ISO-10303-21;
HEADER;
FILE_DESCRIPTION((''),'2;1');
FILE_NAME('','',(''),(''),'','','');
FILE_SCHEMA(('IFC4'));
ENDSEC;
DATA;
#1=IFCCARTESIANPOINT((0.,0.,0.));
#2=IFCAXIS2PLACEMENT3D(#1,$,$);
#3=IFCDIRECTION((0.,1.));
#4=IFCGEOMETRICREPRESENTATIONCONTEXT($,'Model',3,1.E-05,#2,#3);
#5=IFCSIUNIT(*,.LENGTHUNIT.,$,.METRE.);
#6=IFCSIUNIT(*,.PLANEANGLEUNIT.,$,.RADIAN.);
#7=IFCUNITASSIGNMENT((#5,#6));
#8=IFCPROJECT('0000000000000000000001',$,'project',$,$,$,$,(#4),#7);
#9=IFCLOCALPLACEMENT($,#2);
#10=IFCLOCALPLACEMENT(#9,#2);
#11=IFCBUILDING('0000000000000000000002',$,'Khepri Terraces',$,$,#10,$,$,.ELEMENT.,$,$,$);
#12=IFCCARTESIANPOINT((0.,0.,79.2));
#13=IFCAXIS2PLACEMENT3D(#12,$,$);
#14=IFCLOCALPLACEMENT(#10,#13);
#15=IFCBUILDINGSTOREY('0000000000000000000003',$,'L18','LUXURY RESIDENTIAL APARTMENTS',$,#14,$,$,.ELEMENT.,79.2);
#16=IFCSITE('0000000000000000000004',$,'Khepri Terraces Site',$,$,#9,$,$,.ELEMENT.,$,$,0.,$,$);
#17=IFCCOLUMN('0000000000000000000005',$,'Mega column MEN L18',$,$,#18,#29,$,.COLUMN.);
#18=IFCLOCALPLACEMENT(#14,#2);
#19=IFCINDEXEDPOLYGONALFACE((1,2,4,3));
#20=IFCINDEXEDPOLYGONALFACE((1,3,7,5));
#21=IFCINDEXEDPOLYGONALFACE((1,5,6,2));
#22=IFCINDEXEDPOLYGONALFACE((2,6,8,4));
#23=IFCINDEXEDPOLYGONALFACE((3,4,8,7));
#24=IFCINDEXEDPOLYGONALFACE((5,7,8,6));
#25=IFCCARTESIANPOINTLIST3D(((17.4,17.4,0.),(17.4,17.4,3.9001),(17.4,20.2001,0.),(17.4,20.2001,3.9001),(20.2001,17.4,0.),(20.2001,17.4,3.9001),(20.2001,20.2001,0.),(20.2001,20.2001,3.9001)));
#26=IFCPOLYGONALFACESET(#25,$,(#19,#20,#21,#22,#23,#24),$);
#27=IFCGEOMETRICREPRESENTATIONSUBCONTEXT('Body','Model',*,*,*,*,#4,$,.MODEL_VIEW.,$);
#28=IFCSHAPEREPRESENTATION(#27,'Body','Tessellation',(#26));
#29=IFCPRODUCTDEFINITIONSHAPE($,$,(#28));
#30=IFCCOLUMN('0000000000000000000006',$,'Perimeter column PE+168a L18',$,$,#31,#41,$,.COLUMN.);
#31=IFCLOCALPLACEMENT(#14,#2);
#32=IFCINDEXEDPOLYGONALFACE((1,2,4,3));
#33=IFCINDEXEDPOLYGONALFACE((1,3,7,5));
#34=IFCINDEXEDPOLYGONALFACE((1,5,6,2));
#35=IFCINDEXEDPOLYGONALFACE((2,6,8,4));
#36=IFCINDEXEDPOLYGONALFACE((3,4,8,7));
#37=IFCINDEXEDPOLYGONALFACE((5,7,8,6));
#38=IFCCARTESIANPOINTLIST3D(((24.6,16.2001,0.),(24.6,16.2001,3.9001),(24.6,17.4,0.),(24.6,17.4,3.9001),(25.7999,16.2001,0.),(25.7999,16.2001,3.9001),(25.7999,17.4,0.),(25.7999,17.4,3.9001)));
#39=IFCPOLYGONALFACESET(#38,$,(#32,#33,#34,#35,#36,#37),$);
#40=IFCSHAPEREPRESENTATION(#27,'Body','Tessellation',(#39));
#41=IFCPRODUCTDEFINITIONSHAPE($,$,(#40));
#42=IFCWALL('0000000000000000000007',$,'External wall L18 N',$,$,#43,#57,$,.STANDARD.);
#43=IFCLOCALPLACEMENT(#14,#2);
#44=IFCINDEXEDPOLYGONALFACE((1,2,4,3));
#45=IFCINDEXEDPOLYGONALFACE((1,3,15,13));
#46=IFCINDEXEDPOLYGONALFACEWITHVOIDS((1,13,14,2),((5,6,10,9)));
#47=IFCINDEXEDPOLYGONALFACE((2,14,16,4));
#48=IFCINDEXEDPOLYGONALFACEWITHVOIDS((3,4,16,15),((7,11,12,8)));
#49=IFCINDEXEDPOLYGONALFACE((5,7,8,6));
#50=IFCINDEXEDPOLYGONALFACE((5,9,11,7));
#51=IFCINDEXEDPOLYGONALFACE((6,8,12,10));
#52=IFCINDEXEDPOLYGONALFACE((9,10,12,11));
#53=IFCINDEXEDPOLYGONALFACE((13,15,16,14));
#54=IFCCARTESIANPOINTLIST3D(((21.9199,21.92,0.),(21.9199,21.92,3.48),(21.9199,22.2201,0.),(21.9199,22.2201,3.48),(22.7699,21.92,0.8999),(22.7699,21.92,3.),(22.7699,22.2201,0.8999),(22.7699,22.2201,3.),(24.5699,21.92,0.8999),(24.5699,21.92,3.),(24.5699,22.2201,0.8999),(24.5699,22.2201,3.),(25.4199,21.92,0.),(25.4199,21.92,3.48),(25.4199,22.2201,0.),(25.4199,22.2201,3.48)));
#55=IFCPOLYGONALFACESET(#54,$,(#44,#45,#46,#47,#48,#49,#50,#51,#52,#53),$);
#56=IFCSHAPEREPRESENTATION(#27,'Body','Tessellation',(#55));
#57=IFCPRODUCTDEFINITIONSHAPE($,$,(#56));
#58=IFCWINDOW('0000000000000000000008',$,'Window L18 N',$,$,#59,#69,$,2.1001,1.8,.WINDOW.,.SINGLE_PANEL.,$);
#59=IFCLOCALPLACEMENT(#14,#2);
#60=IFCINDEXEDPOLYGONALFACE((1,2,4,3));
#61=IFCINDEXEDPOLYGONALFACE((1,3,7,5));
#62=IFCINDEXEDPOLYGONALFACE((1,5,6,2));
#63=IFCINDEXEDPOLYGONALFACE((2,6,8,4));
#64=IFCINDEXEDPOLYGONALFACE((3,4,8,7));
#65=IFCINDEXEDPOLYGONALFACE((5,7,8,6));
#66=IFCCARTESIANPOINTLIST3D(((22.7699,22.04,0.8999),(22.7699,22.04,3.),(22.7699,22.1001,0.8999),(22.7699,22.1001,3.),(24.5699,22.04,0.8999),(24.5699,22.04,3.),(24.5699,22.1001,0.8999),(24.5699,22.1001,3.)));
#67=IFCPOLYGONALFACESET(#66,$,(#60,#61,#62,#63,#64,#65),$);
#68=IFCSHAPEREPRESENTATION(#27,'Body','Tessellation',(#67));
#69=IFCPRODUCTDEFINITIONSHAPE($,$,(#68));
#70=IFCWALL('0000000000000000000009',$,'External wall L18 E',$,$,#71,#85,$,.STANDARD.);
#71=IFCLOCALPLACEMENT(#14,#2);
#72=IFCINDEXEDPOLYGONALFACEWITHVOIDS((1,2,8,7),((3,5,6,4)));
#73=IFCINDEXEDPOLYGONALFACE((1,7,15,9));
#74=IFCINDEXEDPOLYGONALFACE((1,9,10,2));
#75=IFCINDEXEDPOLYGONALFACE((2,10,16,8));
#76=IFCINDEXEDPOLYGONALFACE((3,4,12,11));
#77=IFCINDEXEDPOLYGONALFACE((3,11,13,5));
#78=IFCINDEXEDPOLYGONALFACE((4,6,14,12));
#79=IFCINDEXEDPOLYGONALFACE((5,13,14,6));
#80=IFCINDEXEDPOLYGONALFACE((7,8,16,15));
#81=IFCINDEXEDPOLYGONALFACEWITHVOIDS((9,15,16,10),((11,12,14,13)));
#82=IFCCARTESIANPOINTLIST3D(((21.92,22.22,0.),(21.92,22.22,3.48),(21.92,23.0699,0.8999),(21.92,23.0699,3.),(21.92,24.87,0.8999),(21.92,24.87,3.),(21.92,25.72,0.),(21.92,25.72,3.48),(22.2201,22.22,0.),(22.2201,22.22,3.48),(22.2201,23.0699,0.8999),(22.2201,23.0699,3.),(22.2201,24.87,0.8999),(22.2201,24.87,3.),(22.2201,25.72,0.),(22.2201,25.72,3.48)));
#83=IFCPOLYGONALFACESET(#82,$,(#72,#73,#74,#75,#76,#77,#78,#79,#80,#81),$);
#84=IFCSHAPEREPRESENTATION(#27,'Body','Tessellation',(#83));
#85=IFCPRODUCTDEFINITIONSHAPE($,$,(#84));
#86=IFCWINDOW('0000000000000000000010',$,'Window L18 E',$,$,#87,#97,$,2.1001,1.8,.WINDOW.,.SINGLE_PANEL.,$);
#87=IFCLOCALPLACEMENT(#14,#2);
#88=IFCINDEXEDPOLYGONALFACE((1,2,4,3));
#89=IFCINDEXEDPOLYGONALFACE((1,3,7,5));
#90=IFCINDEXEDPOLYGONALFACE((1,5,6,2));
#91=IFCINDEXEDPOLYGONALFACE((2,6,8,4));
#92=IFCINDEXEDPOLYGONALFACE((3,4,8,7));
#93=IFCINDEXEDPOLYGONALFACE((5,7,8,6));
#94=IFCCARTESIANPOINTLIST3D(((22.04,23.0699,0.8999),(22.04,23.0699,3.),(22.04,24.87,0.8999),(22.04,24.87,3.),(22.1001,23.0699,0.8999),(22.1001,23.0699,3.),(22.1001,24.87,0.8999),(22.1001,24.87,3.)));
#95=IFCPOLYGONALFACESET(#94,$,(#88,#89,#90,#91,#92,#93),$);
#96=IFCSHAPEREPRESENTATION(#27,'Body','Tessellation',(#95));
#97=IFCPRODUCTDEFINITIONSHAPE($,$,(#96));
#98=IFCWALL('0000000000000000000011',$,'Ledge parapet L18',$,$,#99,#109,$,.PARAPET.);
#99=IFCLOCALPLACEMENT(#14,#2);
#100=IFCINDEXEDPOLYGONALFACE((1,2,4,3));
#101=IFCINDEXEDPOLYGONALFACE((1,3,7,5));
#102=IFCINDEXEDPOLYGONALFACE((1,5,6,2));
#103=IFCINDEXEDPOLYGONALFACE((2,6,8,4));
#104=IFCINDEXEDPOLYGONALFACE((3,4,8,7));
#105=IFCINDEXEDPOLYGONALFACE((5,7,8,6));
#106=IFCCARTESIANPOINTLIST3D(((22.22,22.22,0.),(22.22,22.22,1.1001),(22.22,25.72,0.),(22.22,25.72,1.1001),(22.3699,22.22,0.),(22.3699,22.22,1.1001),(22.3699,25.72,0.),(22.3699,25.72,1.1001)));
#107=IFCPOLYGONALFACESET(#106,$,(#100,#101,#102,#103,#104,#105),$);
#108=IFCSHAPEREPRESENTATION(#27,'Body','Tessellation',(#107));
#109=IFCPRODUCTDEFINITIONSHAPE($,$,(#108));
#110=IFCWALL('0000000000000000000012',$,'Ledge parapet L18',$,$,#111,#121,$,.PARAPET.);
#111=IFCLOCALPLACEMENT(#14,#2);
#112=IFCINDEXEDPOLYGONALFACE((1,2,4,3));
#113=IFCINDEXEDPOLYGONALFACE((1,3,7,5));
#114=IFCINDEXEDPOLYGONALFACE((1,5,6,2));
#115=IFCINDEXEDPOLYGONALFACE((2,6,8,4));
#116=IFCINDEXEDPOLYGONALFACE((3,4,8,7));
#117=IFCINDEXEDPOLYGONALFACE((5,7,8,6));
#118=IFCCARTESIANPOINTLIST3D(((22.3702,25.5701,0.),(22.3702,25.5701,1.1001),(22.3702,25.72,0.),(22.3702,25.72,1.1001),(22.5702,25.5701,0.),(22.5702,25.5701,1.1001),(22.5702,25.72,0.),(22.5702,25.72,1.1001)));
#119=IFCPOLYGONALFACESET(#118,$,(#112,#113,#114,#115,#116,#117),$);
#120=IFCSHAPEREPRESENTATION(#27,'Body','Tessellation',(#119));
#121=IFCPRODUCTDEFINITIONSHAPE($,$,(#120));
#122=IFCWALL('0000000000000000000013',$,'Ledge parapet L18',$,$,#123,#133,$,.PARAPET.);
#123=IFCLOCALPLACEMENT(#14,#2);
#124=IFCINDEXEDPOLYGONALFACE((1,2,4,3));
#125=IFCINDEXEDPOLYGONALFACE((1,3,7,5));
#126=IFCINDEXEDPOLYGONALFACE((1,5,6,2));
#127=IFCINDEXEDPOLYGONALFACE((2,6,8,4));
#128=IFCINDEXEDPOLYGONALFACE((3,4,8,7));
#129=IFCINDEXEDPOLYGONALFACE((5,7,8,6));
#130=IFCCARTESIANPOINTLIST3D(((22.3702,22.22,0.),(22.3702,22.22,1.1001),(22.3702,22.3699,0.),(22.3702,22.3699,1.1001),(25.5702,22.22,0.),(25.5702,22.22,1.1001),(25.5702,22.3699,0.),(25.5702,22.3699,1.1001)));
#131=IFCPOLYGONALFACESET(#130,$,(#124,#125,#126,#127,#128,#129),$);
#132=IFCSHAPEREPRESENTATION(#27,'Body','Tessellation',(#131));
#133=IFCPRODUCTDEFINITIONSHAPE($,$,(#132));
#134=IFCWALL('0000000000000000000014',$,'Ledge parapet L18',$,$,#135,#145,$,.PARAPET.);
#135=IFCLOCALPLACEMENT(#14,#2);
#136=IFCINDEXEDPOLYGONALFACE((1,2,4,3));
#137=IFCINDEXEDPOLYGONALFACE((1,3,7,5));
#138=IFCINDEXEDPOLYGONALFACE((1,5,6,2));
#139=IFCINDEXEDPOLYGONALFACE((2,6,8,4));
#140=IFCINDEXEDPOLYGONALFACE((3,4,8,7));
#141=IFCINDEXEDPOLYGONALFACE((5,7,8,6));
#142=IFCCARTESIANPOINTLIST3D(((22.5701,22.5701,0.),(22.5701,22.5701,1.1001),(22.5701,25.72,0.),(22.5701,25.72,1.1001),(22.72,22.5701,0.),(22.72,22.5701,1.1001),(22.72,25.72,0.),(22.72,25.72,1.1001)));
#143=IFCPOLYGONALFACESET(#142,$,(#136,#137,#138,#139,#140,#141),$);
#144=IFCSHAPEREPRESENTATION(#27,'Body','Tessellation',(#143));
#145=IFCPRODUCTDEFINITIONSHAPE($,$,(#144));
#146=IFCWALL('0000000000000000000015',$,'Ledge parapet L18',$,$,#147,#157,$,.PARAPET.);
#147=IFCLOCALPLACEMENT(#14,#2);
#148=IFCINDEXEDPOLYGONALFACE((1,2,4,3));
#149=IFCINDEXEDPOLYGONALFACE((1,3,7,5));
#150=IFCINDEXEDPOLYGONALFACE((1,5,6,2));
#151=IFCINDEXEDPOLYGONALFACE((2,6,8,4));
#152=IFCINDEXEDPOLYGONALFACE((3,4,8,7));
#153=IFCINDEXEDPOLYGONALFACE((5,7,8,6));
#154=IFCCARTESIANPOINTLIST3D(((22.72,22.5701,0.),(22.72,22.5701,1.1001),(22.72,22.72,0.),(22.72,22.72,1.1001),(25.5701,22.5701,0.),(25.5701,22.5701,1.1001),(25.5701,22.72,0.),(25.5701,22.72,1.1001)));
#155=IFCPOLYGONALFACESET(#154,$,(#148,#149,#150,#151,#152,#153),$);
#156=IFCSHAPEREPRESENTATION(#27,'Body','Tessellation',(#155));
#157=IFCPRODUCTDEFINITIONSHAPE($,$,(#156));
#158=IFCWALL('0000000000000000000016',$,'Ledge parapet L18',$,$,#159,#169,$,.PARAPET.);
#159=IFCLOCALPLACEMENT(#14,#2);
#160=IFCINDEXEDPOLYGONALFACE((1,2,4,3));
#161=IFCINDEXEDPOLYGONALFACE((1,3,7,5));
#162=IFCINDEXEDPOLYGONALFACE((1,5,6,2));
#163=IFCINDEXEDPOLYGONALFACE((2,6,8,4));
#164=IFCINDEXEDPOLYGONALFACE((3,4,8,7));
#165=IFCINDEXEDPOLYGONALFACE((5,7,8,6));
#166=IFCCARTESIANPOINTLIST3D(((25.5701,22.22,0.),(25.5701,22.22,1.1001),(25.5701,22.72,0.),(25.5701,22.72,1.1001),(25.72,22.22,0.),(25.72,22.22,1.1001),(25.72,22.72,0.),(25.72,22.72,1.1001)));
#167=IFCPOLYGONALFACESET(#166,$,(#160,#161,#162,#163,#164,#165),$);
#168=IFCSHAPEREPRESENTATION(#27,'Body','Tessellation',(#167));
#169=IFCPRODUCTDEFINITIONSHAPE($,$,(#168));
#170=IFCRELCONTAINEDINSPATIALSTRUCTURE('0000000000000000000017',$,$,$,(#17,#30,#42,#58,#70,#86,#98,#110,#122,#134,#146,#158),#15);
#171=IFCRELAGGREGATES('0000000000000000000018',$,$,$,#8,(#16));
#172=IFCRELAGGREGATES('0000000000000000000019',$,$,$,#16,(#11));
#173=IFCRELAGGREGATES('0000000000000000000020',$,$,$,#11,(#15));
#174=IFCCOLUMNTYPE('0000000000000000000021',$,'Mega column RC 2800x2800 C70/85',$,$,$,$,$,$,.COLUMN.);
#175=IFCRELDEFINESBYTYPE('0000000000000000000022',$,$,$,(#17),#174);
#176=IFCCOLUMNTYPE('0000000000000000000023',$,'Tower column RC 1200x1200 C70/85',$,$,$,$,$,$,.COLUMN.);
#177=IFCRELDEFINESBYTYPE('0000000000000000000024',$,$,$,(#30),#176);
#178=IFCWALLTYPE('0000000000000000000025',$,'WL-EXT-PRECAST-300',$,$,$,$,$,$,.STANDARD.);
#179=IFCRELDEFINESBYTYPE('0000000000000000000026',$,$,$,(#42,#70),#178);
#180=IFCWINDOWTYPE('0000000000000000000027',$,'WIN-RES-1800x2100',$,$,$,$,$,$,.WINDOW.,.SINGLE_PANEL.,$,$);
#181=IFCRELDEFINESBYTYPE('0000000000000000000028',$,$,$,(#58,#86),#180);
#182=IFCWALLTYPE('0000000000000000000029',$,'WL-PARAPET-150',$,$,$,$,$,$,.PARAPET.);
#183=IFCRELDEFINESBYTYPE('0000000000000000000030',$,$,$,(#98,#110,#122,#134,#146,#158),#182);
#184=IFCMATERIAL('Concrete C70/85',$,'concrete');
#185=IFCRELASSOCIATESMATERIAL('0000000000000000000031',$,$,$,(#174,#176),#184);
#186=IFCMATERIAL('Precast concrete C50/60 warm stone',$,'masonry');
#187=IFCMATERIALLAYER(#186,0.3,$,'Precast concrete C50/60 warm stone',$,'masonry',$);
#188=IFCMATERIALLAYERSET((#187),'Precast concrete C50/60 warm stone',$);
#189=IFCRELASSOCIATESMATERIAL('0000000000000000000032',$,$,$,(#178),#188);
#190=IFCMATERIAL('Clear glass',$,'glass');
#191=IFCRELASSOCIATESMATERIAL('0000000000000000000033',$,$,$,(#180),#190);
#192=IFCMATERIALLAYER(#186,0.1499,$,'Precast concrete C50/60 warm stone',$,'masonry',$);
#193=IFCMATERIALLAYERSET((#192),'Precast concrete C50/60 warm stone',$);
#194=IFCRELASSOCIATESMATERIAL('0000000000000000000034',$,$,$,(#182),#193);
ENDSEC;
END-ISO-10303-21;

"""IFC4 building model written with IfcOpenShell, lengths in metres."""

from ifc_helpers import new_model, si_unit, direction, frame, frame_2d, origin, origin_2d, place, context, subcontext, project, spatial, rectangle, extrude, material, layer, layer_set, material_profile, profile_set, type_object, element, fill, save


model = new_model("IFC4")

# Units and contexts
model_context = context("Model", 3, precision=1e-05, world=origin(), true_north=direction((0.0, 1.0)))
body_context = subcontext(model_context, "Body", "Model", "MODEL_VIEW")
ifc_project = project(units=[si_unit("LENGTHUNIT", "METRE"), si_unit("PLANEANGLEUNIT", "RADIAN")], contexts=[model_context])

# Site, building, storey
site_placement = place(None, origin())
site = spatial("IfcSite", under=ifc_project, at=site_placement, Name="Khepri Terraces Site", CompositionType="ELEMENT", RefElevation=0.0)
building_placement = place(site_placement, origin())
building = spatial("IfcBuilding", under=site, at=building_placement, Name="Khepri Terraces", CompositionType="ELEMENT")
storey_placement = place(building_placement, frame((0.0, 0.0, 79.2)))
storey = spatial("IfcBuildingStorey", under=building, at=storey_placement, Name="L18", Description="LUXURY RESIDENTIAL APARTMENTS", CompositionType="ELEMENT", Elevation=79.2)

# Columns
ifc_material_1 = material(Name="Concrete C70/85", Category="concrete")
ifc_material_profile_1 = material_profile(ifc_material_1, rectangle(XDim=2.8, YDim=2.8, at=origin_2d()), Name="Concrete C70/85", Category="concrete")
ifc_profile_set_1 = profile_set([ifc_material_profile_1], Name="Concrete C70/85")
column_type_1 = type_object("IfcColumnType", Name="Mega column RC 2800x2800 C70/85", PredefinedType="COLUMN", material=ifc_profile_set_1)
column_1_placement = place(storey_placement, frame((18.8, 18.8, 0.0), z_axis=(0.0, 0.0, 1.0), x_axis=(1.0, 0.0, 0.0)))
element("IfcColumn", 1, at=column_1_placement, inside=storey, type_object=column_type_1, Name="Mega column MEN L18", PredefinedType="COLUMN", context=body_context, shape_type="SweptSolid", body=[
    extrude(rectangle(XDim=2.8, YDim=2.8, at=origin_2d()), origin(), (0.0, 0.0, 1.0), 3.9001),
])
ifc_material_profile_2 = material_profile(ifc_material_1, rectangle(XDim=1.2, YDim=1.2, at=origin_2d()), Name="Concrete C70/85", Category="concrete")
ifc_profile_set_2 = profile_set([ifc_material_profile_2], Name="Concrete C70/85")
column_type_2 = type_object("IfcColumnType", Name="Tower column RC 1200x1200 C70/85", PredefinedType="COLUMN", material=ifc_profile_set_2)
column_2_placement = place(storey_placement, frame((25.2, 16.8, 0.0), z_axis=(0.0, 0.0, 1.0), x_axis=(1.0, 0.0, 0.0)))
element("IfcColumn", 2, at=column_2_placement, inside=storey, type_object=column_type_2, Name="Perimeter column PE+168a L18", PredefinedType="COLUMN", context=body_context, shape_type="SweptSolid", body=[
    extrude(rectangle(XDim=1.2, YDim=1.2, at=origin_2d()), origin(), (0.0, 0.0, 1.0), 3.9001),
])

# Shared definitions
ifc_material_2 = material(Name="Precast concrete C50/60 warm stone", Category="masonry")
ifc_layer_1 = layer(ifc_material_2, 0.3, Name="Precast concrete C50/60 warm stone", Category="masonry")
ifc_layer_set_1 = layer_set([ifc_layer_1], Name="Precast concrete C50/60 warm stone")
wall_type_1 = type_object("IfcWallType", Name="WL-EXT-PRECAST-300", PredefinedType="STANDARD", material=ifc_layer_set_1)
ifc_material_3 = material(Name="Clear glass", Category="glass")
window_type = type_object("IfcWindowType", Name="WIN-RES-1800x2100", PartitioningType="SINGLE_PANEL", PredefinedType="WINDOW", material=ifc_material_3)

# Walls, openings, windows
wall_1_placement = place(storey_placement, frame((25.4199, 22.0701, 0.0), z_axis=(0.0, 0.0, 1.0), x_axis=(-1.0, 0.0, 0.0)))
wall_1 = element("IfcWall", 3, at=wall_1_placement, inside=storey, type_object=wall_type_1, Name="External wall L18 N", PredefinedType="STANDARD", context=body_context, shape_type="SweptSolid", body=[
    extrude(rectangle(XDim=3.5, YDim=0.3, at=frame_2d((1.75, 0.0))), origin(), (0.0, 0.0, 1.0), 3.48),
])
opening_1_placement = place(wall_1_placement, frame((0.8501, 0.0, 0.8999)))
opening_1 = element("IfcOpeningElement", 4, at=opening_1_placement, cuts=wall_1, PredefinedType="OPENING", context=body_context, shape_type="SweptSolid", body=[
    extrude(rectangle(XDim=1.8, YDim=2.1001, at=frame_2d((0.8999, 1.05))), frame((0.0, 0.1602, 0.0), z_axis=(0.0, -1.0, 0.0), x_axis=(1.0, 0.0, 0.0)), (0.0, 0.0, 1.0), 0.3201),
])
window_1_placement = place(opening_1_placement, origin())
window_1 = element("IfcWindow", 5, at=window_1_placement, inside=storey, type_object=window_type, Name="Window L18 N", OverallHeight=2.1001, OverallWidth=1.8, PartitioningType="SINGLE_PANEL", PredefinedType="WINDOW", context=body_context, shape_type="SweptSolid", body=[
    extrude(rectangle(XDim=1.8, YDim=2.1001, at=frame_2d((0.8999, 1.05))), frame((0.0, 0.03, 0.0), z_axis=(0.0, -1.0, 0.0), x_axis=(1.0, 0.0, 0.0)), (0.0, 0.0, 1.0), 0.0601),
])
fill(opening_1, window_1)
wall_2_placement = place(storey_placement, frame((22.0701, 22.22, 0.0), z_axis=(0.0, 0.0, 1.0), x_axis=(0.0, 1.0, 0.0)))
wall_2 = element("IfcWall", 6, at=wall_2_placement, inside=storey, type_object=wall_type_1, Name="External wall L18 E", PredefinedType="STANDARD", context=body_context, shape_type="SweptSolid", body=[
    extrude(rectangle(XDim=3.5, YDim=0.3, at=frame_2d((1.75, 0.0))), origin(), (0.0, 0.0, 1.0), 3.48),
])
opening_2_placement = place(wall_2_placement, frame((0.8501, 0.0, 0.8999)))
opening_2 = element("IfcOpeningElement", 7, at=opening_2_placement, cuts=wall_2, PredefinedType="OPENING", context=body_context, shape_type="SweptSolid", body=[
    extrude(rectangle(XDim=1.8, YDim=2.1001, at=frame_2d((0.8999, 1.05))), frame((0.0, 0.1602, 0.0), z_axis=(0.0, -1.0, 0.0), x_axis=(1.0, 0.0, 0.0)), (0.0, 0.0, 1.0), 0.3201),
])
window_2_placement = place(opening_2_placement, origin())
window_2 = element("IfcWindow", 8, at=window_2_placement, inside=storey, type_object=window_type, Name="Window L18 E", OverallHeight=2.1001, OverallWidth=1.8, PartitioningType="SINGLE_PANEL", PredefinedType="WINDOW", context=body_context, shape_type="SweptSolid", body=[
    extrude(rectangle(XDim=1.8, YDim=2.1001, at=frame_2d((0.8999, 1.05))), frame((0.0, 0.03, 0.0), z_axis=(0.0, -1.0, 0.0), x_axis=(1.0, 0.0, 0.0)), (0.0, 0.0, 1.0), 0.0601),
])
fill(opening_2, window_2)

# Walls
ifc_layer_2 = layer(ifc_material_2, 0.1499, Name="Precast concrete C50/60 warm stone", Category="masonry")
ifc_layer_set_2 = layer_set([ifc_layer_2], Name="Precast concrete C50/60 warm stone")
wall_type_2 = type_object("IfcWallType", Name="WL-PARAPET-150", PredefinedType="PARAPET", material=ifc_layer_set_2)
wall_3_placement = place(storey_placement, frame((22.2949, 22.22, 0.0), z_axis=(0.0, 0.0, 1.0), x_axis=(0.0, 1.0, 0.0)))
element("IfcWall", 9, at=wall_3_placement, inside=storey, type_object=wall_type_2, Name="Ledge parapet L18", PredefinedType="PARAPET", context=body_context, shape_type="SweptSolid", body=[
    extrude(rectangle(XDim=3.5, YDim=0.1499, at=frame_2d((1.75, 0.0))), origin(), (0.0, 0.0, 1.0), 1.1001),
])
wall_4_placement = place(storey_placement, frame((22.3701, 25.645, 0.0), z_axis=(0.0, 0.0, 1.0), x_axis=(1.0, 0.0, 0.0)))
element("IfcWall", 10, at=wall_4_placement, inside=storey, type_object=wall_type_2, Name="Ledge parapet L18", PredefinedType="PARAPET", context=body_context, shape_type="SweptSolid", body=[
    extrude(rectangle(XDim=0.2, YDim=0.1499, at=frame_2d((0.1001, 0.0))), origin(), (0.0, 0.0, 1.0), 1.1001),
])
wall_5_placement = place(storey_placement, frame((22.3701, 22.2949, 0.0), z_axis=(0.0, 0.0, 1.0), x_axis=(1.0, 0.0, 0.0)))
element("IfcWall", 11, at=wall_5_placement, inside=storey, type_object=wall_type_2, Name="Ledge parapet L18", PredefinedType="PARAPET", context=body_context, shape_type="SweptSolid", body=[
    extrude(rectangle(XDim=3.2, YDim=0.1499, at=frame_2d((1.6001, 0.0))), origin(), (0.0, 0.0, 1.0), 1.1001),
])
wall_6_placement = place(storey_placement, frame((22.645, 22.5701, 0.0), z_axis=(0.0, 0.0, 1.0), x_axis=(0.0, 1.0, 0.0)))
element("IfcWall", 12, at=wall_6_placement, inside=storey, type_object=wall_type_2, Name="Ledge parapet L18", PredefinedType="PARAPET", context=body_context, shape_type="SweptSolid", body=[
    extrude(rectangle(XDim=3.1499, YDim=0.1499, at=frame_2d((1.575, 0.0))), origin(), (0.0, 0.0, 1.0), 1.1001),
])
wall_7_placement = place(storey_placement, frame((22.72, 22.645, 0.0), z_axis=(0.0, 0.0, 1.0), x_axis=(1.0, 0.0, 0.0)))
element("IfcWall", 13, at=wall_7_placement, inside=storey, type_object=wall_type_2, Name="Ledge parapet L18", PredefinedType="PARAPET", context=body_context, shape_type="SweptSolid", body=[
    extrude(rectangle(XDim=2.8501, YDim=0.1499, at=frame_2d((1.425, 0.0))), origin(), (0.0, 0.0, 1.0), 1.1001),
])
wall_8_placement = place(storey_placement, frame((25.645, 22.22, 0.0), z_axis=(0.0, 0.0, 1.0), x_axis=(0.0, 1.0, 0.0)))
element("IfcWall", 14, at=wall_8_placement, inside=storey, type_object=wall_type_2, Name="Ledge parapet L18", PredefinedType="PARAPET", context=body_context, shape_type="SweptSolid", body=[
    extrude(rectangle(XDim=0.5, YDim=0.1499, at=frame_2d((0.25, 0.0))), origin(), (0.0, 0.0, 1.0), 1.1001),
])

save(model, "model.ifc")
